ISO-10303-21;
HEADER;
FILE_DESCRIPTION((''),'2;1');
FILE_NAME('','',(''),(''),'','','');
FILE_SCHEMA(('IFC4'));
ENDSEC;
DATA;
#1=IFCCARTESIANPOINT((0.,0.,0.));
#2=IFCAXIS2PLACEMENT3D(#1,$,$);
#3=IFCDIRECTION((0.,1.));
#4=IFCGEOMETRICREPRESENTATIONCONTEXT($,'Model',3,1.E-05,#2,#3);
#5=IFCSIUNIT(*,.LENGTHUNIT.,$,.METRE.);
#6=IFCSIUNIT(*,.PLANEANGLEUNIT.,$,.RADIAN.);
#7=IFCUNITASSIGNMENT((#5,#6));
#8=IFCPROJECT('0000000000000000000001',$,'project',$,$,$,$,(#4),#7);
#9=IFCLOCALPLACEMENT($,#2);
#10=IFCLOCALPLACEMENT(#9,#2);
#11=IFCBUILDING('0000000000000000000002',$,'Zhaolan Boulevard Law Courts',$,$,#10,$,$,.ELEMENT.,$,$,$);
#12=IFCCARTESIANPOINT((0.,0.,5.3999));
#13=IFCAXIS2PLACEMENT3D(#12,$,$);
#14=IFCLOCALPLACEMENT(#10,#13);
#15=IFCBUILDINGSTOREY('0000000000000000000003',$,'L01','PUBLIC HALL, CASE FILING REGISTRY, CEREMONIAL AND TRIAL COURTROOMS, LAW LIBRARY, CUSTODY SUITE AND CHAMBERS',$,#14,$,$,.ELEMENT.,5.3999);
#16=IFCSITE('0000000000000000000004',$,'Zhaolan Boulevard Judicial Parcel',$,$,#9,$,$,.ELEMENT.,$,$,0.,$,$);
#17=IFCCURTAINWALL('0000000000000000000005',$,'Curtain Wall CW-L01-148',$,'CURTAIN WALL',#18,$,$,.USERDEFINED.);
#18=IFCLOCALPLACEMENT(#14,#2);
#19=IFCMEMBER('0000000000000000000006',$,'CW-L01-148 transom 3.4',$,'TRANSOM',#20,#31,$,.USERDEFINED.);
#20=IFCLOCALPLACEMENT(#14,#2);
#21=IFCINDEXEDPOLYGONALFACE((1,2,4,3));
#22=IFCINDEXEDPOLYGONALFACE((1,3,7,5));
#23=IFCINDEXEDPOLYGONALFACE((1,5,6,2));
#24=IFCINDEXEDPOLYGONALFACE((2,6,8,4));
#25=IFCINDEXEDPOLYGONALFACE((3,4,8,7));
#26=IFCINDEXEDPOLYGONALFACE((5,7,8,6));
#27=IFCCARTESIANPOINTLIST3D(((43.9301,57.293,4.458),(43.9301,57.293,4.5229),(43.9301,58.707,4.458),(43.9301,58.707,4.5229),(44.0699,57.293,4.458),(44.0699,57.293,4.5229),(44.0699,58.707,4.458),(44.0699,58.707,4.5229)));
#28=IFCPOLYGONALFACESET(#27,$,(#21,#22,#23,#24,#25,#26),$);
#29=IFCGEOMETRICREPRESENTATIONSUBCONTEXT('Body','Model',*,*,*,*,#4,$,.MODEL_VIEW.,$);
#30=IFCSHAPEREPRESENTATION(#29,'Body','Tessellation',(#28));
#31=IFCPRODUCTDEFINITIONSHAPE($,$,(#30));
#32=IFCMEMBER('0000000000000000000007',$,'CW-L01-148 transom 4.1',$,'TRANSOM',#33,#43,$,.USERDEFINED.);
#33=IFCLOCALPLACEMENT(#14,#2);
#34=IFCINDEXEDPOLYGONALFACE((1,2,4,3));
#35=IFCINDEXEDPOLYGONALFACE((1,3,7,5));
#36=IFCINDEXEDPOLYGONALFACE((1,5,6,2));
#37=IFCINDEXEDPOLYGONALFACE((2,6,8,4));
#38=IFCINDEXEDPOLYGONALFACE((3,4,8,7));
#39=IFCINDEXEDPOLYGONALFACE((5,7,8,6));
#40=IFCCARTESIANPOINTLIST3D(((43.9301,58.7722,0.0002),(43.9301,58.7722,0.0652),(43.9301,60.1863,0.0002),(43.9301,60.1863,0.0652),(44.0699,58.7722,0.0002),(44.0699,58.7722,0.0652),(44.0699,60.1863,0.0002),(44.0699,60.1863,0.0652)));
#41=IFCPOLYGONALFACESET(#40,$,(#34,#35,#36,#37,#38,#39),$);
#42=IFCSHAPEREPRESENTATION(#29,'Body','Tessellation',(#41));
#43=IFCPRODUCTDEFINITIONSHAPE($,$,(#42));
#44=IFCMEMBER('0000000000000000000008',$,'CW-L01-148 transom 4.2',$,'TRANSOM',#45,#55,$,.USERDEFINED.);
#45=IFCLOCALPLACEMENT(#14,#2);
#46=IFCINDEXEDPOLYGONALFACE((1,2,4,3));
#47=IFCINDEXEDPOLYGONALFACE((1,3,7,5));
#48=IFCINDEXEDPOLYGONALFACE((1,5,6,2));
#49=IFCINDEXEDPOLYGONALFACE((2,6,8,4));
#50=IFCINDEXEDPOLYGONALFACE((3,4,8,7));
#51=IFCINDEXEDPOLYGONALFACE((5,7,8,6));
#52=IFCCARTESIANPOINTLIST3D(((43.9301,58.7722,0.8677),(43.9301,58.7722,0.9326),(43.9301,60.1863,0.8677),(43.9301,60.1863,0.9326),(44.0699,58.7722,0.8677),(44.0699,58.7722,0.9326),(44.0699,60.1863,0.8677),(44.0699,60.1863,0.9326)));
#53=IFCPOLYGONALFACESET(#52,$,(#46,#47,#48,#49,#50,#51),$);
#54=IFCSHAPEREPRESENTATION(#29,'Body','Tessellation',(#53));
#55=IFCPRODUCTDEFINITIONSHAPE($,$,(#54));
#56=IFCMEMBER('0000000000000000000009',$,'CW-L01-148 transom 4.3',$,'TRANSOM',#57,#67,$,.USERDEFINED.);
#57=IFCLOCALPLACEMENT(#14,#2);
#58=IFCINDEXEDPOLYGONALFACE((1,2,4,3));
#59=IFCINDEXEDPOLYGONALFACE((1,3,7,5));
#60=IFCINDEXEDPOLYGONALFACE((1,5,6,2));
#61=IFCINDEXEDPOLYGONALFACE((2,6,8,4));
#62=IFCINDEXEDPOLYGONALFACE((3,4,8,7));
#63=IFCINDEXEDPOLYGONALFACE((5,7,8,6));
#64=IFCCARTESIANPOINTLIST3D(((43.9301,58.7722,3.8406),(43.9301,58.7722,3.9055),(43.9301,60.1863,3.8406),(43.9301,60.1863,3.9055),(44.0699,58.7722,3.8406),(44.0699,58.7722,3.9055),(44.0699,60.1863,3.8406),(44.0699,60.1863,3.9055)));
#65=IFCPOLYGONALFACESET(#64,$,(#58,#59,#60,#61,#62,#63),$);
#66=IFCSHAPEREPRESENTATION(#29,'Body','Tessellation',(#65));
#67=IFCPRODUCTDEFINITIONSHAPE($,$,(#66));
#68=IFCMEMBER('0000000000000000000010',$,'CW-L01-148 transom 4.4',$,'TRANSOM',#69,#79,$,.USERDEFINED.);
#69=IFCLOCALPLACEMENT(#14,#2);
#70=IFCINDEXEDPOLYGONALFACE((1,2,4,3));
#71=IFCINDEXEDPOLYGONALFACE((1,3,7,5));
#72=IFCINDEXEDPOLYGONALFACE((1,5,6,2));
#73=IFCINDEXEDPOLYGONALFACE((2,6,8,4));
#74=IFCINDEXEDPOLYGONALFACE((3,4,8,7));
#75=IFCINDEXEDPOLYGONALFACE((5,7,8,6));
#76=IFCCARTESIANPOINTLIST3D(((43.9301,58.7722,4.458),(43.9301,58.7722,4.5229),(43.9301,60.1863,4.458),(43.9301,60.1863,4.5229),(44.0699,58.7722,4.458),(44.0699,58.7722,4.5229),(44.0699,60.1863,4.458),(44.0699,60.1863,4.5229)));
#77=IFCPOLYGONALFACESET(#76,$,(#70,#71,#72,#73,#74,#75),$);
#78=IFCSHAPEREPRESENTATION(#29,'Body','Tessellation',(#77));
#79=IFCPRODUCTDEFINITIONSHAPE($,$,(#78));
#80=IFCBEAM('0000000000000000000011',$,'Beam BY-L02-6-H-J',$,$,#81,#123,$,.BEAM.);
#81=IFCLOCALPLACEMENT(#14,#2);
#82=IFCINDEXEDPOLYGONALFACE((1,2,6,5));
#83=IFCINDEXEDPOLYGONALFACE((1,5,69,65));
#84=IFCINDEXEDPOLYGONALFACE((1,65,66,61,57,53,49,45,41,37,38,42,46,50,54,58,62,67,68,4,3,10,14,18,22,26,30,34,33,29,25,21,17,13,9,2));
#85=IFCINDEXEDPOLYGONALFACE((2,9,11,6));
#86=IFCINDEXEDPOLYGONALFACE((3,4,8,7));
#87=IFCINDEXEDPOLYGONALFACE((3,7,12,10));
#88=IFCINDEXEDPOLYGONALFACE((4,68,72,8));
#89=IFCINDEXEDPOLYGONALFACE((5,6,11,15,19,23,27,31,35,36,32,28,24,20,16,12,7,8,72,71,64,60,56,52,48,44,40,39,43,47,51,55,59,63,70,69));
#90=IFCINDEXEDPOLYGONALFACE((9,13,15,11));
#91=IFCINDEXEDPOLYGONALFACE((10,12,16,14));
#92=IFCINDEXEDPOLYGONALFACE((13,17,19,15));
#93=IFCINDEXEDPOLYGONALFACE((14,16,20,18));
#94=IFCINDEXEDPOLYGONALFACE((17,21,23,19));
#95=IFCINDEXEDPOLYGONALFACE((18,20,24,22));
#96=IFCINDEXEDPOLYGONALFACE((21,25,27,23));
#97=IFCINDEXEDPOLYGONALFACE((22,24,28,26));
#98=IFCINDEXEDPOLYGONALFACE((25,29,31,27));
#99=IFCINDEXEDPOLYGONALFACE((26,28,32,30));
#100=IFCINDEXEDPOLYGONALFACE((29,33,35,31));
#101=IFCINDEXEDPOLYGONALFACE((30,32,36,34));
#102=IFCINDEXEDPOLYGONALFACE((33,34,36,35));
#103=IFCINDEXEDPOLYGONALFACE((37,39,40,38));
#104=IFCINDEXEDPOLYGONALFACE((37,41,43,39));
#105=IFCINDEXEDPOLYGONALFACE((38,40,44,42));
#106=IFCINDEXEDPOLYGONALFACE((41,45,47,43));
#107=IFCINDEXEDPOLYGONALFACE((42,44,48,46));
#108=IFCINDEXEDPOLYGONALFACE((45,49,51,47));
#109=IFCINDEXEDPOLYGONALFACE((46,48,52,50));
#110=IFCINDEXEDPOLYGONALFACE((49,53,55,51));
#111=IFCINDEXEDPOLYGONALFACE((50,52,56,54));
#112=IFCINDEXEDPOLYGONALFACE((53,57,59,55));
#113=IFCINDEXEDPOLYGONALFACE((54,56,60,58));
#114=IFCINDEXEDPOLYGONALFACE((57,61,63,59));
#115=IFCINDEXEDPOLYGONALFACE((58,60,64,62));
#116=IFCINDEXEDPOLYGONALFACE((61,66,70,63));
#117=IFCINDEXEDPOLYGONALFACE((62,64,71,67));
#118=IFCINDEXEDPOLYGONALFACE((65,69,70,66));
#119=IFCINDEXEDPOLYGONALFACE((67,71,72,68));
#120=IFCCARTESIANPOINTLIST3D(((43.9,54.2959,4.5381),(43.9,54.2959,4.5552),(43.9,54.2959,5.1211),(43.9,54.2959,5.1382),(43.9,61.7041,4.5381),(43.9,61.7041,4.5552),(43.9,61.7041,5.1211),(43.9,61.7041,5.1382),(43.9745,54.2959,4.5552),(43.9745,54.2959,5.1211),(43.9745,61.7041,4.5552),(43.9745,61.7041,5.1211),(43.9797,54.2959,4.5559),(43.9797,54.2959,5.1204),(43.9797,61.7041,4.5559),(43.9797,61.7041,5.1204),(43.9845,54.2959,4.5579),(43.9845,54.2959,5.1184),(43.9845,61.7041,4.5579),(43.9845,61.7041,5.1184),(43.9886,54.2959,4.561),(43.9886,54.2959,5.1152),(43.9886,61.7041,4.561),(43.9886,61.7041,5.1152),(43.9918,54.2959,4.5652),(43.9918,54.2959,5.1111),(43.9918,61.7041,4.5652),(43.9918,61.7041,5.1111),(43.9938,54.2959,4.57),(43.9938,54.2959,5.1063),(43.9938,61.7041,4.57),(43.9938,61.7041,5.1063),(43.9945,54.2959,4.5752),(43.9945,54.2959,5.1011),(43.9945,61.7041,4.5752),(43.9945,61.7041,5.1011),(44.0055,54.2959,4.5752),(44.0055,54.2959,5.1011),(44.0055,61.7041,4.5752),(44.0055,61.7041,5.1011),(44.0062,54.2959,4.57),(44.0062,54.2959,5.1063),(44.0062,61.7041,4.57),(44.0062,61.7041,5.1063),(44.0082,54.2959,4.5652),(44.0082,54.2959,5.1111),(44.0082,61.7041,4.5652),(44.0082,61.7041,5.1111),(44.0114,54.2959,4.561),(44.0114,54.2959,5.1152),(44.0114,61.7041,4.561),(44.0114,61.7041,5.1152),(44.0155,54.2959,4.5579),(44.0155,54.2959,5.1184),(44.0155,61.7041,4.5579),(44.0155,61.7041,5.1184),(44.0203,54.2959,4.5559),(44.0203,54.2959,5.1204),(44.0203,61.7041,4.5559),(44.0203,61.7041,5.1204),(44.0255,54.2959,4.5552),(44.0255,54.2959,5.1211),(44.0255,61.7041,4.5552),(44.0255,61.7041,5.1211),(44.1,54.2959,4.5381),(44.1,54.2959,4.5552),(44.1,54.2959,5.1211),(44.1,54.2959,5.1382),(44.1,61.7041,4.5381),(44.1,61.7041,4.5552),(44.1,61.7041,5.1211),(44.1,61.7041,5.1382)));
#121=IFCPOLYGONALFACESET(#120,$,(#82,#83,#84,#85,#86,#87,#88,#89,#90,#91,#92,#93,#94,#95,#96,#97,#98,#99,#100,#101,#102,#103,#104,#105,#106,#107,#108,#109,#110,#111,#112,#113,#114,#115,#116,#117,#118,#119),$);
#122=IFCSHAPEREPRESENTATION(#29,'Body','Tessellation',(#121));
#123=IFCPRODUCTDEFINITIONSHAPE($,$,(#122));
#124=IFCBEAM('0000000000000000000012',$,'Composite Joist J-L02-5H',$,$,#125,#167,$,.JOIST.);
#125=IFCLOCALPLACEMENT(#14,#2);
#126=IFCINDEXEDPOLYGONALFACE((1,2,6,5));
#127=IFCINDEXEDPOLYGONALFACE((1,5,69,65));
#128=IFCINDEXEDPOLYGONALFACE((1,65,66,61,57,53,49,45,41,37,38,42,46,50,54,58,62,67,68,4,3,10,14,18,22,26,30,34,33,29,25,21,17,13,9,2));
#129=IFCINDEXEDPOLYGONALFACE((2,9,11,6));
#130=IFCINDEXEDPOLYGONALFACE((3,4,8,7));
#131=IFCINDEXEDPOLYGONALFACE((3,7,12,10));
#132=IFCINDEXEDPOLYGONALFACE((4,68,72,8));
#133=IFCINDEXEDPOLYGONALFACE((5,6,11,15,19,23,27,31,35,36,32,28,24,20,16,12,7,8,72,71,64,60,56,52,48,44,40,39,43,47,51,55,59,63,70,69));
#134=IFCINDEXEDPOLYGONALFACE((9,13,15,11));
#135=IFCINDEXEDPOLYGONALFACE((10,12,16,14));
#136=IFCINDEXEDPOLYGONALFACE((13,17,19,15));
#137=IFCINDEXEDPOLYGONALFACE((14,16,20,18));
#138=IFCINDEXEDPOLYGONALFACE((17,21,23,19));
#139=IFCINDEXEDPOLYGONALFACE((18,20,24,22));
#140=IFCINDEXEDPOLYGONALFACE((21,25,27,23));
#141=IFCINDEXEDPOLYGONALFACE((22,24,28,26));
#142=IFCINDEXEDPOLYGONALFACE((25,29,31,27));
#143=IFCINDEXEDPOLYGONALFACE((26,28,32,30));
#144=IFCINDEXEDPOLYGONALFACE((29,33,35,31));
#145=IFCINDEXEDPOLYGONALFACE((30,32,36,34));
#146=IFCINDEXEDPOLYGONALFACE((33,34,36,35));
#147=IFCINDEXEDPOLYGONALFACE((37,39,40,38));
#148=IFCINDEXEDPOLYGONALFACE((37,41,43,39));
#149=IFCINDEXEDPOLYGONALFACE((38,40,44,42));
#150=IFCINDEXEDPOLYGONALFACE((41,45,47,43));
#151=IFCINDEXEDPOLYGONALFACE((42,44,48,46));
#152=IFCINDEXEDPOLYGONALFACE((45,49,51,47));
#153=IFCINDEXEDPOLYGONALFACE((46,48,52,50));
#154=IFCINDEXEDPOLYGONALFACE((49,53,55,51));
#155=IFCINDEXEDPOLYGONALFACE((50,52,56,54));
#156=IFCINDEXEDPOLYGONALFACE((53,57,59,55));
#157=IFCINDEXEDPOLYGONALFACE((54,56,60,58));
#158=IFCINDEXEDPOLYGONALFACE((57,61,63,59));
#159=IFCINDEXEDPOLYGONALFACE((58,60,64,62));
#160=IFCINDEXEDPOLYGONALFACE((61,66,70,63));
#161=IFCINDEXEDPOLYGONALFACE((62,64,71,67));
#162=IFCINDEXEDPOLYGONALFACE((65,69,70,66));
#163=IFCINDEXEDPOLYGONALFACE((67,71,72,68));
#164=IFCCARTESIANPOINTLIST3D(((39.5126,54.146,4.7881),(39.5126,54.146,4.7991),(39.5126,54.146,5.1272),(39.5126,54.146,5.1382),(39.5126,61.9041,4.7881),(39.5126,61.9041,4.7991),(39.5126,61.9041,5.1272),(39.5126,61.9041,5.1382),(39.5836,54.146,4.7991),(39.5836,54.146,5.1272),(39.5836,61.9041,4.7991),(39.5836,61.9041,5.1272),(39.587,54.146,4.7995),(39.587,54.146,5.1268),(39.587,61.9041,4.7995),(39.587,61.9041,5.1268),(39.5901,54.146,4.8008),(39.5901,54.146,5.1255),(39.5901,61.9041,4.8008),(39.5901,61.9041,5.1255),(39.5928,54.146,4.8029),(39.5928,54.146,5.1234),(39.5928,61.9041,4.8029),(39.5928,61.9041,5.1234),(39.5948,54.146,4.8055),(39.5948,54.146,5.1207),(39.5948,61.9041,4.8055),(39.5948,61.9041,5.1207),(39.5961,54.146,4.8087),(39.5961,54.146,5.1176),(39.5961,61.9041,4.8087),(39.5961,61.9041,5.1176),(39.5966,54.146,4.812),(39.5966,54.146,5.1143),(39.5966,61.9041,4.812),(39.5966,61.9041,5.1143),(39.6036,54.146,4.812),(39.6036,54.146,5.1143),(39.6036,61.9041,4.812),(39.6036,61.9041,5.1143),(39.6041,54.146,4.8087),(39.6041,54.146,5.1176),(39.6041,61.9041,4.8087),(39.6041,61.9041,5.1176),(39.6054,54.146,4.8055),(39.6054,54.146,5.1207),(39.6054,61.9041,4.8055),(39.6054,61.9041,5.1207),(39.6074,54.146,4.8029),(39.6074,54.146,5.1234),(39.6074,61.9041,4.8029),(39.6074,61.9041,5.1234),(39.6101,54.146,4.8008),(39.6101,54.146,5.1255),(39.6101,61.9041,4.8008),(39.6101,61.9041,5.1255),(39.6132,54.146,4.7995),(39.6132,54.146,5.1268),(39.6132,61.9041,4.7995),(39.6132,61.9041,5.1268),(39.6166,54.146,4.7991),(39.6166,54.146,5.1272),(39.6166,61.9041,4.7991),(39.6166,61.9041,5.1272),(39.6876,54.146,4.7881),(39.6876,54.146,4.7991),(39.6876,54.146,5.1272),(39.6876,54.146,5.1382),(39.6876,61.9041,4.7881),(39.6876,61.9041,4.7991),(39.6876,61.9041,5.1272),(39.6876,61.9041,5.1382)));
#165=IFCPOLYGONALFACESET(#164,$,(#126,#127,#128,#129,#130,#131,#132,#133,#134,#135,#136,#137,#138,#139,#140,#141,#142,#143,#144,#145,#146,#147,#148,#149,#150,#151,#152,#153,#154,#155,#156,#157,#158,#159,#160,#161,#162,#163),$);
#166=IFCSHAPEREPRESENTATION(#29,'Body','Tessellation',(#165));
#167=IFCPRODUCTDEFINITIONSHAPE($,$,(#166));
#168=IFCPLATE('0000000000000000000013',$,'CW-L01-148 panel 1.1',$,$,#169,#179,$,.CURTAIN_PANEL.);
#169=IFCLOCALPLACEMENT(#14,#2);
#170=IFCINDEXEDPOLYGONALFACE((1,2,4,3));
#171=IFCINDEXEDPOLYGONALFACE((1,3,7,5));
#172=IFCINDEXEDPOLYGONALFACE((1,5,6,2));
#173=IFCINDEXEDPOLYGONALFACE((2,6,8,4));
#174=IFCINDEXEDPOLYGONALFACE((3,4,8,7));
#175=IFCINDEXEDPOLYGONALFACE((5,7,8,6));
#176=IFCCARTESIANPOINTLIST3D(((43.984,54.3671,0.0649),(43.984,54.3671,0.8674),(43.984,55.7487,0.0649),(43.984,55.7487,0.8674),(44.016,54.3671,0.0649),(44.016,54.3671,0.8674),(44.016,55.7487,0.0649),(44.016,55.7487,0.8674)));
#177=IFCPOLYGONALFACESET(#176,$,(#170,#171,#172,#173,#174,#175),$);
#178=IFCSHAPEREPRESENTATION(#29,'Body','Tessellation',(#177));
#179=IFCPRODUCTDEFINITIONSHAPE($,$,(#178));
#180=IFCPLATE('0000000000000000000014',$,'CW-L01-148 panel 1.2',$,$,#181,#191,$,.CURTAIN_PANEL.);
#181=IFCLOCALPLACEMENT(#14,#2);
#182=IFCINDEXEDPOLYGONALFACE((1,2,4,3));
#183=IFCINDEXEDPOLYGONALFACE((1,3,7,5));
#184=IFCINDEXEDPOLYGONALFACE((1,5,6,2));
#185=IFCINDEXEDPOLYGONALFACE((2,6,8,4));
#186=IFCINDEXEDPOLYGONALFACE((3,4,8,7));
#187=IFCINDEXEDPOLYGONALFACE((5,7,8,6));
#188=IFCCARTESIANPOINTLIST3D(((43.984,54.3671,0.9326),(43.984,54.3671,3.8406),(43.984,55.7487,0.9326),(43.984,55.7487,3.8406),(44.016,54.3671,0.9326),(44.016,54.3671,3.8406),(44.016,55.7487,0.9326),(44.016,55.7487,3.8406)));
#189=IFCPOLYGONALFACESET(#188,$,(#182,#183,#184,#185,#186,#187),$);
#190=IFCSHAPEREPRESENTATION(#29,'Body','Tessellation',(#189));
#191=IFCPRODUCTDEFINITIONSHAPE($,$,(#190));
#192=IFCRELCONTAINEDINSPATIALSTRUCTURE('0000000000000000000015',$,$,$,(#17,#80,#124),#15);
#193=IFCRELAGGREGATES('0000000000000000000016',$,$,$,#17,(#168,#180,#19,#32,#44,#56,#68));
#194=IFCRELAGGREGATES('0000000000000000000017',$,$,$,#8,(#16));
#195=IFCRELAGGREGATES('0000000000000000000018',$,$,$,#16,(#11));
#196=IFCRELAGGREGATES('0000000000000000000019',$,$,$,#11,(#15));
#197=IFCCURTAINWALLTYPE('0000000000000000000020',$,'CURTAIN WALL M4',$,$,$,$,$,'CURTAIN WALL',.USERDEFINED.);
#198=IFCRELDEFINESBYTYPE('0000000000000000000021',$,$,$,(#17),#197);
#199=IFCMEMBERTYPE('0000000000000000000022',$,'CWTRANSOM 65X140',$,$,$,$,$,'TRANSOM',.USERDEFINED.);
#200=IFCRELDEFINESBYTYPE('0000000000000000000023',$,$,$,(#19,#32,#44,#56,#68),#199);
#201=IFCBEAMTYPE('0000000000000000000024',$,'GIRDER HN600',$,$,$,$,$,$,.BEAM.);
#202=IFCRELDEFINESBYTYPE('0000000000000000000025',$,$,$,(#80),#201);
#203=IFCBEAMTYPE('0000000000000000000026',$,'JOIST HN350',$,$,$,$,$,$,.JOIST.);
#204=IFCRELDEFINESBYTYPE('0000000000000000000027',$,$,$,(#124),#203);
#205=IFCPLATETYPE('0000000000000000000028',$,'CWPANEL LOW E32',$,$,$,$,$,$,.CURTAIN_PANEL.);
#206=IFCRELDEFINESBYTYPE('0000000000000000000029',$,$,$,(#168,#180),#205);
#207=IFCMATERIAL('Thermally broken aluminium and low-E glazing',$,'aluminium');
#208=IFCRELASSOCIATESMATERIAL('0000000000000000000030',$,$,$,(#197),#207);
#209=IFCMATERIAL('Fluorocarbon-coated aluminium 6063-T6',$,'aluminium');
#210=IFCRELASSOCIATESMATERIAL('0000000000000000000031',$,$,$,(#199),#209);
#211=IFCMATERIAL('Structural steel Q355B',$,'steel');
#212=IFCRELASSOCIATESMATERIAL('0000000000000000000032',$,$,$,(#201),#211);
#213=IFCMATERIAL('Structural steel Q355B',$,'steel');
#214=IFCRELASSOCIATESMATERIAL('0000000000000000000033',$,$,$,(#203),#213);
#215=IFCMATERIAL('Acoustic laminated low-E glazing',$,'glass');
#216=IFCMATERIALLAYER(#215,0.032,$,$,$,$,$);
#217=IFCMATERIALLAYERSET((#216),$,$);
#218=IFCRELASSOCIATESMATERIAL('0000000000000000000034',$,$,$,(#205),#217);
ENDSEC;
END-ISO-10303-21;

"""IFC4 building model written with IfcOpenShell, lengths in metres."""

from ifc_helpers import new_model, si_unit, direction, frame, origin, origin_2d, place, context, subcontext, project, spatial, rectangle, i_section, extrude, material, layer, layer_set, material_profile, profile_set, type_object, element, aggregate, save


model = new_model("IFC4")

# Units and contexts
model_context = context("Model", 3, precision=1e-05, world=origin(), true_north=direction((0.0, 1.0)))
body_context = subcontext(model_context, "Body", "Model", "MODEL_VIEW")
ifc_project = project(units=[si_unit("LENGTHUNIT", "METRE"), si_unit("PLANEANGLEUNIT", "RADIAN")], contexts=[model_context])

# Site, building, storey
site_placement = place(None, origin())
site = spatial("IfcSite", under=ifc_project, at=site_placement, Name="Zhaolan Boulevard Judicial Parcel", CompositionType="ELEMENT", RefElevation=0.0)
building_placement = place(site_placement, origin())
building = spatial("IfcBuilding", under=site, at=building_placement, Name="Zhaolan Boulevard Law Courts", CompositionType="ELEMENT")
storey_placement = place(building_placement, frame((0.0, 0.0, 5.3999)))
storey = spatial("IfcBuildingStorey", under=building, at=storey_placement, Name="L01", Description="PUBLIC HALL, CASE FILING REGISTRY, CEREMONIAL AND TRIAL COURTROOMS, LAW LIBRARY, CUSTODY SUITE AND CHAMBERS", CompositionType="ELEMENT", Elevation=5.3999)

# Curtain wall, members
ifc_material_1 = material(Name="Thermally broken aluminium and low-E glazing", Category="aluminium")
curtain_wall_type = type_object("IfcCurtainWallType", Name="CURTAIN WALL M4", ElementType="CURTAIN WALL", PredefinedType="USERDEFINED", material=ifc_material_1)
curtain_wall_placement = place(storey_placement, origin())
curtain_wall = element("IfcCurtainWall", 1, at=curtain_wall_placement, inside=storey, type_object=curtain_wall_type, Name="Curtain Wall CW-L01-148", ObjectType="CURTAIN WALL", PredefinedType="USERDEFINED")
ifc_material_2 = material(Name="Fluorocarbon-coated aluminium 6063-T6", Category="aluminium")
ifc_material_profile_1 = material_profile(ifc_material_2, rectangle(XDim=0.1399, YDim=0.0649, at=origin_2d()), Name="AL65x140")
ifc_profile_set_1 = profile_set([ifc_material_profile_1], Name="Fluorocarbon-coated aluminium 6063-T6")
member_type_1 = type_object("IfcMemberType", Name="CWTRANSOM 65X140", ElementType="TRANSOM", PredefinedType="USERDEFINED", material=ifc_profile_set_1)
member_1_placement = place(storey_placement, frame((44.0, 57.293, 4.4905), z_axis=(0.0, 1.0, 0.0), x_axis=(-1.0, 0.0, 0.0)))
member_1 = element("IfcMember", 2, at=member_1_placement, type_object=member_type_1, Name="CW-L01-148 transom 3.4", ObjectType="TRANSOM", PredefinedType="USERDEFINED", context=body_context, shape_type="SweptSolid", body=[
    extrude(rectangle(XDim=0.1399, YDim=0.0649, at=origin_2d()), origin(), (0.0, 0.0, 1.0), 1.4141),
])
member_2_placement = place(storey_placement, frame((44.0, 58.7722, 0.0327), z_axis=(0.0, 1.0, 0.0), x_axis=(-1.0, 0.0, 0.0)))
member_2 = element("IfcMember", 3, at=member_2_placement, type_object=member_type_1, Name="CW-L01-148 transom 4.1", ObjectType="TRANSOM", PredefinedType="USERDEFINED", context=body_context, shape_type="SweptSolid", body=[
    extrude(rectangle(XDim=0.1399, YDim=0.0649, at=origin_2d()), origin(), (0.0, 0.0, 1.0), 1.4141),
])
member_3_placement = place(storey_placement, frame((44.0, 58.7722, 0.9001), z_axis=(0.0, 1.0, 0.0), x_axis=(-1.0, 0.0, 0.0)))
member_3 = element("IfcMember", 4, at=member_3_placement, type_object=member_type_1, Name="CW-L01-148 transom 4.2", ObjectType="TRANSOM", PredefinedType="USERDEFINED", context=body_context, shape_type="SweptSolid", body=[
    extrude(rectangle(XDim=0.1399, YDim=0.0649, at=origin_2d()), origin(), (0.0, 0.0, 1.0), 1.4141),
])
member_4_placement = place(storey_placement, frame((44.0, 58.7722, 3.873), z_axis=(0.0, 1.0, 0.0), x_axis=(-1.0, 0.0, 0.0)))
member_4 = element("IfcMember", 5, at=member_4_placement, type_object=member_type_1, Name="CW-L01-148 transom 4.3", ObjectType="TRANSOM", PredefinedType="USERDEFINED", context=body_context, shape_type="SweptSolid", body=[
    extrude(rectangle(XDim=0.1399, YDim=0.0649, at=origin_2d()), origin(), (0.0, 0.0, 1.0), 1.4141),
])
member_5_placement = place(storey_placement, frame((44.0, 58.7722, 4.4905), z_axis=(0.0, 1.0, 0.0), x_axis=(-1.0, 0.0, 0.0)))
member_5 = element("IfcMember", 6, at=member_5_placement, type_object=member_type_1, Name="CW-L01-148 transom 4.4", ObjectType="TRANSOM", PredefinedType="USERDEFINED", context=body_context, shape_type="SweptSolid", body=[
    extrude(rectangle(XDim=0.1399, YDim=0.0649, at=origin_2d()), origin(), (0.0, 0.0, 1.0), 1.4141),
])

# Beams
ifc_material_3 = material(Name="Structural steel Q355B", Category="steel")
ifc_material_profile_2 = material_profile(ifc_material_3, i_section(OverallWidth=0.2, OverallDepth=0.6001, WebThickness=0.011, FlangeThickness=0.0171, FilletRadius=0.02, at=origin_2d()), Name="HN600x200")
ifc_profile_set_2 = profile_set([ifc_material_profile_2], Name="Structural steel Q355B")
beam_type_1 = type_object("IfcBeamType", Name="GIRDER HN600", PredefinedType="BEAM", material=ifc_profile_set_2)
beam_1_placement = place(storey_placement, frame((44.0, 54.2959, 4.8381), z_axis=(0.0, 1.0, 0.0), x_axis=(-1.0, 0.0, 0.0)))
element("IfcBeam", 7, at=beam_1_placement, inside=storey, type_object=beam_type_1, Name="Beam BY-L02-6-H-J", PredefinedType="BEAM", context=body_context, shape_type="SweptSolid", body=[
    extrude(i_section(OverallWidth=0.2, OverallDepth=0.6001, WebThickness=0.011, FlangeThickness=0.0171, FilletRadius=0.02, at=origin_2d()), origin(), (0.0, 0.0, 1.0), 7.4082),
])
ifc_material_4 = material(Name="Structural steel Q355B", Category="steel")
ifc_material_profile_3 = material_profile(ifc_material_4, i_section(OverallWidth=0.175, OverallDepth=0.3501, WebThickness=0.0071, FlangeThickness=0.011, FilletRadius=0.0129, at=origin_2d()), Name="HN350x175")
ifc_profile_set_3 = profile_set([ifc_material_profile_3], Name="Structural steel Q355B")
beam_type_2 = type_object("IfcBeamType", Name="JOIST HN350", PredefinedType="JOIST", material=ifc_profile_set_3)
beam_2_placement = place(storey_placement, frame((39.6001, 54.146, 4.9631), z_axis=(0.0, 1.0, 0.0), x_axis=(-1.0, 0.0, 0.0)))
element("IfcBeam", 8, at=beam_2_placement, inside=storey, type_object=beam_type_2, Name="Composite Joist J-L02-5H", PredefinedType="JOIST", context=body_context, shape_type="SweptSolid", body=[
    extrude(i_section(OverallWidth=0.175, OverallDepth=0.3501, WebThickness=0.0071, FlangeThickness=0.011, FilletRadius=0.0129, at=origin_2d()), origin(), (0.0, 0.0, 1.0), 7.7581),
])

# Plates
ifc_material_5 = material(Name="Acoustic laminated low-E glazing", Category="glass")
ifc_layer_1 = layer(ifc_material_5, 0.032)
ifc_layer_set_1 = layer_set([ifc_layer_1])
plate_type_1 = type_object("IfcPlateType", Name="CWPANEL LOW E32", PredefinedType="CURTAIN_PANEL", material=ifc_layer_set_1)
plate_1_placement = place(storey_placement, frame((44.0, 55.0579, 0.0649), z_axis=(0.0, 0.0, 1.0), x_axis=(0.0, 1.0, 0.0)))
plate_1 = element("IfcPlate", 9, at=plate_1_placement, type_object=plate_type_1, Name="CW-L01-148 panel 1.1", PredefinedType="CURTAIN_PANEL", context=body_context, shape_type="SweptSolid", body=[
    extrude(rectangle(XDim=1.3816, YDim=0.032, at=origin_2d()), origin(), (0.0, 0.0, 1.0), 0.8025),
])
plate_2_placement = place(storey_placement, frame((44.0, 55.0579, 0.9326), z_axis=(0.0, 0.0, 1.0), x_axis=(0.0, 1.0, 0.0)))
plate_2 = element("IfcPlate", 10, at=plate_2_placement, type_object=plate_type_1, Name="CW-L01-148 panel 1.2", PredefinedType="CURTAIN_PANEL", context=body_context, shape_type="SweptSolid", body=[
    extrude(rectangle(XDim=1.3816, YDim=0.032, at=origin_2d()), origin(), (0.0, 0.0, 1.0), 2.908),
])
aggregate(curtain_wall, [plate_1, plate_2, member_1, member_2, member_3, member_4, member_5])

save(model, "model.ifc")
